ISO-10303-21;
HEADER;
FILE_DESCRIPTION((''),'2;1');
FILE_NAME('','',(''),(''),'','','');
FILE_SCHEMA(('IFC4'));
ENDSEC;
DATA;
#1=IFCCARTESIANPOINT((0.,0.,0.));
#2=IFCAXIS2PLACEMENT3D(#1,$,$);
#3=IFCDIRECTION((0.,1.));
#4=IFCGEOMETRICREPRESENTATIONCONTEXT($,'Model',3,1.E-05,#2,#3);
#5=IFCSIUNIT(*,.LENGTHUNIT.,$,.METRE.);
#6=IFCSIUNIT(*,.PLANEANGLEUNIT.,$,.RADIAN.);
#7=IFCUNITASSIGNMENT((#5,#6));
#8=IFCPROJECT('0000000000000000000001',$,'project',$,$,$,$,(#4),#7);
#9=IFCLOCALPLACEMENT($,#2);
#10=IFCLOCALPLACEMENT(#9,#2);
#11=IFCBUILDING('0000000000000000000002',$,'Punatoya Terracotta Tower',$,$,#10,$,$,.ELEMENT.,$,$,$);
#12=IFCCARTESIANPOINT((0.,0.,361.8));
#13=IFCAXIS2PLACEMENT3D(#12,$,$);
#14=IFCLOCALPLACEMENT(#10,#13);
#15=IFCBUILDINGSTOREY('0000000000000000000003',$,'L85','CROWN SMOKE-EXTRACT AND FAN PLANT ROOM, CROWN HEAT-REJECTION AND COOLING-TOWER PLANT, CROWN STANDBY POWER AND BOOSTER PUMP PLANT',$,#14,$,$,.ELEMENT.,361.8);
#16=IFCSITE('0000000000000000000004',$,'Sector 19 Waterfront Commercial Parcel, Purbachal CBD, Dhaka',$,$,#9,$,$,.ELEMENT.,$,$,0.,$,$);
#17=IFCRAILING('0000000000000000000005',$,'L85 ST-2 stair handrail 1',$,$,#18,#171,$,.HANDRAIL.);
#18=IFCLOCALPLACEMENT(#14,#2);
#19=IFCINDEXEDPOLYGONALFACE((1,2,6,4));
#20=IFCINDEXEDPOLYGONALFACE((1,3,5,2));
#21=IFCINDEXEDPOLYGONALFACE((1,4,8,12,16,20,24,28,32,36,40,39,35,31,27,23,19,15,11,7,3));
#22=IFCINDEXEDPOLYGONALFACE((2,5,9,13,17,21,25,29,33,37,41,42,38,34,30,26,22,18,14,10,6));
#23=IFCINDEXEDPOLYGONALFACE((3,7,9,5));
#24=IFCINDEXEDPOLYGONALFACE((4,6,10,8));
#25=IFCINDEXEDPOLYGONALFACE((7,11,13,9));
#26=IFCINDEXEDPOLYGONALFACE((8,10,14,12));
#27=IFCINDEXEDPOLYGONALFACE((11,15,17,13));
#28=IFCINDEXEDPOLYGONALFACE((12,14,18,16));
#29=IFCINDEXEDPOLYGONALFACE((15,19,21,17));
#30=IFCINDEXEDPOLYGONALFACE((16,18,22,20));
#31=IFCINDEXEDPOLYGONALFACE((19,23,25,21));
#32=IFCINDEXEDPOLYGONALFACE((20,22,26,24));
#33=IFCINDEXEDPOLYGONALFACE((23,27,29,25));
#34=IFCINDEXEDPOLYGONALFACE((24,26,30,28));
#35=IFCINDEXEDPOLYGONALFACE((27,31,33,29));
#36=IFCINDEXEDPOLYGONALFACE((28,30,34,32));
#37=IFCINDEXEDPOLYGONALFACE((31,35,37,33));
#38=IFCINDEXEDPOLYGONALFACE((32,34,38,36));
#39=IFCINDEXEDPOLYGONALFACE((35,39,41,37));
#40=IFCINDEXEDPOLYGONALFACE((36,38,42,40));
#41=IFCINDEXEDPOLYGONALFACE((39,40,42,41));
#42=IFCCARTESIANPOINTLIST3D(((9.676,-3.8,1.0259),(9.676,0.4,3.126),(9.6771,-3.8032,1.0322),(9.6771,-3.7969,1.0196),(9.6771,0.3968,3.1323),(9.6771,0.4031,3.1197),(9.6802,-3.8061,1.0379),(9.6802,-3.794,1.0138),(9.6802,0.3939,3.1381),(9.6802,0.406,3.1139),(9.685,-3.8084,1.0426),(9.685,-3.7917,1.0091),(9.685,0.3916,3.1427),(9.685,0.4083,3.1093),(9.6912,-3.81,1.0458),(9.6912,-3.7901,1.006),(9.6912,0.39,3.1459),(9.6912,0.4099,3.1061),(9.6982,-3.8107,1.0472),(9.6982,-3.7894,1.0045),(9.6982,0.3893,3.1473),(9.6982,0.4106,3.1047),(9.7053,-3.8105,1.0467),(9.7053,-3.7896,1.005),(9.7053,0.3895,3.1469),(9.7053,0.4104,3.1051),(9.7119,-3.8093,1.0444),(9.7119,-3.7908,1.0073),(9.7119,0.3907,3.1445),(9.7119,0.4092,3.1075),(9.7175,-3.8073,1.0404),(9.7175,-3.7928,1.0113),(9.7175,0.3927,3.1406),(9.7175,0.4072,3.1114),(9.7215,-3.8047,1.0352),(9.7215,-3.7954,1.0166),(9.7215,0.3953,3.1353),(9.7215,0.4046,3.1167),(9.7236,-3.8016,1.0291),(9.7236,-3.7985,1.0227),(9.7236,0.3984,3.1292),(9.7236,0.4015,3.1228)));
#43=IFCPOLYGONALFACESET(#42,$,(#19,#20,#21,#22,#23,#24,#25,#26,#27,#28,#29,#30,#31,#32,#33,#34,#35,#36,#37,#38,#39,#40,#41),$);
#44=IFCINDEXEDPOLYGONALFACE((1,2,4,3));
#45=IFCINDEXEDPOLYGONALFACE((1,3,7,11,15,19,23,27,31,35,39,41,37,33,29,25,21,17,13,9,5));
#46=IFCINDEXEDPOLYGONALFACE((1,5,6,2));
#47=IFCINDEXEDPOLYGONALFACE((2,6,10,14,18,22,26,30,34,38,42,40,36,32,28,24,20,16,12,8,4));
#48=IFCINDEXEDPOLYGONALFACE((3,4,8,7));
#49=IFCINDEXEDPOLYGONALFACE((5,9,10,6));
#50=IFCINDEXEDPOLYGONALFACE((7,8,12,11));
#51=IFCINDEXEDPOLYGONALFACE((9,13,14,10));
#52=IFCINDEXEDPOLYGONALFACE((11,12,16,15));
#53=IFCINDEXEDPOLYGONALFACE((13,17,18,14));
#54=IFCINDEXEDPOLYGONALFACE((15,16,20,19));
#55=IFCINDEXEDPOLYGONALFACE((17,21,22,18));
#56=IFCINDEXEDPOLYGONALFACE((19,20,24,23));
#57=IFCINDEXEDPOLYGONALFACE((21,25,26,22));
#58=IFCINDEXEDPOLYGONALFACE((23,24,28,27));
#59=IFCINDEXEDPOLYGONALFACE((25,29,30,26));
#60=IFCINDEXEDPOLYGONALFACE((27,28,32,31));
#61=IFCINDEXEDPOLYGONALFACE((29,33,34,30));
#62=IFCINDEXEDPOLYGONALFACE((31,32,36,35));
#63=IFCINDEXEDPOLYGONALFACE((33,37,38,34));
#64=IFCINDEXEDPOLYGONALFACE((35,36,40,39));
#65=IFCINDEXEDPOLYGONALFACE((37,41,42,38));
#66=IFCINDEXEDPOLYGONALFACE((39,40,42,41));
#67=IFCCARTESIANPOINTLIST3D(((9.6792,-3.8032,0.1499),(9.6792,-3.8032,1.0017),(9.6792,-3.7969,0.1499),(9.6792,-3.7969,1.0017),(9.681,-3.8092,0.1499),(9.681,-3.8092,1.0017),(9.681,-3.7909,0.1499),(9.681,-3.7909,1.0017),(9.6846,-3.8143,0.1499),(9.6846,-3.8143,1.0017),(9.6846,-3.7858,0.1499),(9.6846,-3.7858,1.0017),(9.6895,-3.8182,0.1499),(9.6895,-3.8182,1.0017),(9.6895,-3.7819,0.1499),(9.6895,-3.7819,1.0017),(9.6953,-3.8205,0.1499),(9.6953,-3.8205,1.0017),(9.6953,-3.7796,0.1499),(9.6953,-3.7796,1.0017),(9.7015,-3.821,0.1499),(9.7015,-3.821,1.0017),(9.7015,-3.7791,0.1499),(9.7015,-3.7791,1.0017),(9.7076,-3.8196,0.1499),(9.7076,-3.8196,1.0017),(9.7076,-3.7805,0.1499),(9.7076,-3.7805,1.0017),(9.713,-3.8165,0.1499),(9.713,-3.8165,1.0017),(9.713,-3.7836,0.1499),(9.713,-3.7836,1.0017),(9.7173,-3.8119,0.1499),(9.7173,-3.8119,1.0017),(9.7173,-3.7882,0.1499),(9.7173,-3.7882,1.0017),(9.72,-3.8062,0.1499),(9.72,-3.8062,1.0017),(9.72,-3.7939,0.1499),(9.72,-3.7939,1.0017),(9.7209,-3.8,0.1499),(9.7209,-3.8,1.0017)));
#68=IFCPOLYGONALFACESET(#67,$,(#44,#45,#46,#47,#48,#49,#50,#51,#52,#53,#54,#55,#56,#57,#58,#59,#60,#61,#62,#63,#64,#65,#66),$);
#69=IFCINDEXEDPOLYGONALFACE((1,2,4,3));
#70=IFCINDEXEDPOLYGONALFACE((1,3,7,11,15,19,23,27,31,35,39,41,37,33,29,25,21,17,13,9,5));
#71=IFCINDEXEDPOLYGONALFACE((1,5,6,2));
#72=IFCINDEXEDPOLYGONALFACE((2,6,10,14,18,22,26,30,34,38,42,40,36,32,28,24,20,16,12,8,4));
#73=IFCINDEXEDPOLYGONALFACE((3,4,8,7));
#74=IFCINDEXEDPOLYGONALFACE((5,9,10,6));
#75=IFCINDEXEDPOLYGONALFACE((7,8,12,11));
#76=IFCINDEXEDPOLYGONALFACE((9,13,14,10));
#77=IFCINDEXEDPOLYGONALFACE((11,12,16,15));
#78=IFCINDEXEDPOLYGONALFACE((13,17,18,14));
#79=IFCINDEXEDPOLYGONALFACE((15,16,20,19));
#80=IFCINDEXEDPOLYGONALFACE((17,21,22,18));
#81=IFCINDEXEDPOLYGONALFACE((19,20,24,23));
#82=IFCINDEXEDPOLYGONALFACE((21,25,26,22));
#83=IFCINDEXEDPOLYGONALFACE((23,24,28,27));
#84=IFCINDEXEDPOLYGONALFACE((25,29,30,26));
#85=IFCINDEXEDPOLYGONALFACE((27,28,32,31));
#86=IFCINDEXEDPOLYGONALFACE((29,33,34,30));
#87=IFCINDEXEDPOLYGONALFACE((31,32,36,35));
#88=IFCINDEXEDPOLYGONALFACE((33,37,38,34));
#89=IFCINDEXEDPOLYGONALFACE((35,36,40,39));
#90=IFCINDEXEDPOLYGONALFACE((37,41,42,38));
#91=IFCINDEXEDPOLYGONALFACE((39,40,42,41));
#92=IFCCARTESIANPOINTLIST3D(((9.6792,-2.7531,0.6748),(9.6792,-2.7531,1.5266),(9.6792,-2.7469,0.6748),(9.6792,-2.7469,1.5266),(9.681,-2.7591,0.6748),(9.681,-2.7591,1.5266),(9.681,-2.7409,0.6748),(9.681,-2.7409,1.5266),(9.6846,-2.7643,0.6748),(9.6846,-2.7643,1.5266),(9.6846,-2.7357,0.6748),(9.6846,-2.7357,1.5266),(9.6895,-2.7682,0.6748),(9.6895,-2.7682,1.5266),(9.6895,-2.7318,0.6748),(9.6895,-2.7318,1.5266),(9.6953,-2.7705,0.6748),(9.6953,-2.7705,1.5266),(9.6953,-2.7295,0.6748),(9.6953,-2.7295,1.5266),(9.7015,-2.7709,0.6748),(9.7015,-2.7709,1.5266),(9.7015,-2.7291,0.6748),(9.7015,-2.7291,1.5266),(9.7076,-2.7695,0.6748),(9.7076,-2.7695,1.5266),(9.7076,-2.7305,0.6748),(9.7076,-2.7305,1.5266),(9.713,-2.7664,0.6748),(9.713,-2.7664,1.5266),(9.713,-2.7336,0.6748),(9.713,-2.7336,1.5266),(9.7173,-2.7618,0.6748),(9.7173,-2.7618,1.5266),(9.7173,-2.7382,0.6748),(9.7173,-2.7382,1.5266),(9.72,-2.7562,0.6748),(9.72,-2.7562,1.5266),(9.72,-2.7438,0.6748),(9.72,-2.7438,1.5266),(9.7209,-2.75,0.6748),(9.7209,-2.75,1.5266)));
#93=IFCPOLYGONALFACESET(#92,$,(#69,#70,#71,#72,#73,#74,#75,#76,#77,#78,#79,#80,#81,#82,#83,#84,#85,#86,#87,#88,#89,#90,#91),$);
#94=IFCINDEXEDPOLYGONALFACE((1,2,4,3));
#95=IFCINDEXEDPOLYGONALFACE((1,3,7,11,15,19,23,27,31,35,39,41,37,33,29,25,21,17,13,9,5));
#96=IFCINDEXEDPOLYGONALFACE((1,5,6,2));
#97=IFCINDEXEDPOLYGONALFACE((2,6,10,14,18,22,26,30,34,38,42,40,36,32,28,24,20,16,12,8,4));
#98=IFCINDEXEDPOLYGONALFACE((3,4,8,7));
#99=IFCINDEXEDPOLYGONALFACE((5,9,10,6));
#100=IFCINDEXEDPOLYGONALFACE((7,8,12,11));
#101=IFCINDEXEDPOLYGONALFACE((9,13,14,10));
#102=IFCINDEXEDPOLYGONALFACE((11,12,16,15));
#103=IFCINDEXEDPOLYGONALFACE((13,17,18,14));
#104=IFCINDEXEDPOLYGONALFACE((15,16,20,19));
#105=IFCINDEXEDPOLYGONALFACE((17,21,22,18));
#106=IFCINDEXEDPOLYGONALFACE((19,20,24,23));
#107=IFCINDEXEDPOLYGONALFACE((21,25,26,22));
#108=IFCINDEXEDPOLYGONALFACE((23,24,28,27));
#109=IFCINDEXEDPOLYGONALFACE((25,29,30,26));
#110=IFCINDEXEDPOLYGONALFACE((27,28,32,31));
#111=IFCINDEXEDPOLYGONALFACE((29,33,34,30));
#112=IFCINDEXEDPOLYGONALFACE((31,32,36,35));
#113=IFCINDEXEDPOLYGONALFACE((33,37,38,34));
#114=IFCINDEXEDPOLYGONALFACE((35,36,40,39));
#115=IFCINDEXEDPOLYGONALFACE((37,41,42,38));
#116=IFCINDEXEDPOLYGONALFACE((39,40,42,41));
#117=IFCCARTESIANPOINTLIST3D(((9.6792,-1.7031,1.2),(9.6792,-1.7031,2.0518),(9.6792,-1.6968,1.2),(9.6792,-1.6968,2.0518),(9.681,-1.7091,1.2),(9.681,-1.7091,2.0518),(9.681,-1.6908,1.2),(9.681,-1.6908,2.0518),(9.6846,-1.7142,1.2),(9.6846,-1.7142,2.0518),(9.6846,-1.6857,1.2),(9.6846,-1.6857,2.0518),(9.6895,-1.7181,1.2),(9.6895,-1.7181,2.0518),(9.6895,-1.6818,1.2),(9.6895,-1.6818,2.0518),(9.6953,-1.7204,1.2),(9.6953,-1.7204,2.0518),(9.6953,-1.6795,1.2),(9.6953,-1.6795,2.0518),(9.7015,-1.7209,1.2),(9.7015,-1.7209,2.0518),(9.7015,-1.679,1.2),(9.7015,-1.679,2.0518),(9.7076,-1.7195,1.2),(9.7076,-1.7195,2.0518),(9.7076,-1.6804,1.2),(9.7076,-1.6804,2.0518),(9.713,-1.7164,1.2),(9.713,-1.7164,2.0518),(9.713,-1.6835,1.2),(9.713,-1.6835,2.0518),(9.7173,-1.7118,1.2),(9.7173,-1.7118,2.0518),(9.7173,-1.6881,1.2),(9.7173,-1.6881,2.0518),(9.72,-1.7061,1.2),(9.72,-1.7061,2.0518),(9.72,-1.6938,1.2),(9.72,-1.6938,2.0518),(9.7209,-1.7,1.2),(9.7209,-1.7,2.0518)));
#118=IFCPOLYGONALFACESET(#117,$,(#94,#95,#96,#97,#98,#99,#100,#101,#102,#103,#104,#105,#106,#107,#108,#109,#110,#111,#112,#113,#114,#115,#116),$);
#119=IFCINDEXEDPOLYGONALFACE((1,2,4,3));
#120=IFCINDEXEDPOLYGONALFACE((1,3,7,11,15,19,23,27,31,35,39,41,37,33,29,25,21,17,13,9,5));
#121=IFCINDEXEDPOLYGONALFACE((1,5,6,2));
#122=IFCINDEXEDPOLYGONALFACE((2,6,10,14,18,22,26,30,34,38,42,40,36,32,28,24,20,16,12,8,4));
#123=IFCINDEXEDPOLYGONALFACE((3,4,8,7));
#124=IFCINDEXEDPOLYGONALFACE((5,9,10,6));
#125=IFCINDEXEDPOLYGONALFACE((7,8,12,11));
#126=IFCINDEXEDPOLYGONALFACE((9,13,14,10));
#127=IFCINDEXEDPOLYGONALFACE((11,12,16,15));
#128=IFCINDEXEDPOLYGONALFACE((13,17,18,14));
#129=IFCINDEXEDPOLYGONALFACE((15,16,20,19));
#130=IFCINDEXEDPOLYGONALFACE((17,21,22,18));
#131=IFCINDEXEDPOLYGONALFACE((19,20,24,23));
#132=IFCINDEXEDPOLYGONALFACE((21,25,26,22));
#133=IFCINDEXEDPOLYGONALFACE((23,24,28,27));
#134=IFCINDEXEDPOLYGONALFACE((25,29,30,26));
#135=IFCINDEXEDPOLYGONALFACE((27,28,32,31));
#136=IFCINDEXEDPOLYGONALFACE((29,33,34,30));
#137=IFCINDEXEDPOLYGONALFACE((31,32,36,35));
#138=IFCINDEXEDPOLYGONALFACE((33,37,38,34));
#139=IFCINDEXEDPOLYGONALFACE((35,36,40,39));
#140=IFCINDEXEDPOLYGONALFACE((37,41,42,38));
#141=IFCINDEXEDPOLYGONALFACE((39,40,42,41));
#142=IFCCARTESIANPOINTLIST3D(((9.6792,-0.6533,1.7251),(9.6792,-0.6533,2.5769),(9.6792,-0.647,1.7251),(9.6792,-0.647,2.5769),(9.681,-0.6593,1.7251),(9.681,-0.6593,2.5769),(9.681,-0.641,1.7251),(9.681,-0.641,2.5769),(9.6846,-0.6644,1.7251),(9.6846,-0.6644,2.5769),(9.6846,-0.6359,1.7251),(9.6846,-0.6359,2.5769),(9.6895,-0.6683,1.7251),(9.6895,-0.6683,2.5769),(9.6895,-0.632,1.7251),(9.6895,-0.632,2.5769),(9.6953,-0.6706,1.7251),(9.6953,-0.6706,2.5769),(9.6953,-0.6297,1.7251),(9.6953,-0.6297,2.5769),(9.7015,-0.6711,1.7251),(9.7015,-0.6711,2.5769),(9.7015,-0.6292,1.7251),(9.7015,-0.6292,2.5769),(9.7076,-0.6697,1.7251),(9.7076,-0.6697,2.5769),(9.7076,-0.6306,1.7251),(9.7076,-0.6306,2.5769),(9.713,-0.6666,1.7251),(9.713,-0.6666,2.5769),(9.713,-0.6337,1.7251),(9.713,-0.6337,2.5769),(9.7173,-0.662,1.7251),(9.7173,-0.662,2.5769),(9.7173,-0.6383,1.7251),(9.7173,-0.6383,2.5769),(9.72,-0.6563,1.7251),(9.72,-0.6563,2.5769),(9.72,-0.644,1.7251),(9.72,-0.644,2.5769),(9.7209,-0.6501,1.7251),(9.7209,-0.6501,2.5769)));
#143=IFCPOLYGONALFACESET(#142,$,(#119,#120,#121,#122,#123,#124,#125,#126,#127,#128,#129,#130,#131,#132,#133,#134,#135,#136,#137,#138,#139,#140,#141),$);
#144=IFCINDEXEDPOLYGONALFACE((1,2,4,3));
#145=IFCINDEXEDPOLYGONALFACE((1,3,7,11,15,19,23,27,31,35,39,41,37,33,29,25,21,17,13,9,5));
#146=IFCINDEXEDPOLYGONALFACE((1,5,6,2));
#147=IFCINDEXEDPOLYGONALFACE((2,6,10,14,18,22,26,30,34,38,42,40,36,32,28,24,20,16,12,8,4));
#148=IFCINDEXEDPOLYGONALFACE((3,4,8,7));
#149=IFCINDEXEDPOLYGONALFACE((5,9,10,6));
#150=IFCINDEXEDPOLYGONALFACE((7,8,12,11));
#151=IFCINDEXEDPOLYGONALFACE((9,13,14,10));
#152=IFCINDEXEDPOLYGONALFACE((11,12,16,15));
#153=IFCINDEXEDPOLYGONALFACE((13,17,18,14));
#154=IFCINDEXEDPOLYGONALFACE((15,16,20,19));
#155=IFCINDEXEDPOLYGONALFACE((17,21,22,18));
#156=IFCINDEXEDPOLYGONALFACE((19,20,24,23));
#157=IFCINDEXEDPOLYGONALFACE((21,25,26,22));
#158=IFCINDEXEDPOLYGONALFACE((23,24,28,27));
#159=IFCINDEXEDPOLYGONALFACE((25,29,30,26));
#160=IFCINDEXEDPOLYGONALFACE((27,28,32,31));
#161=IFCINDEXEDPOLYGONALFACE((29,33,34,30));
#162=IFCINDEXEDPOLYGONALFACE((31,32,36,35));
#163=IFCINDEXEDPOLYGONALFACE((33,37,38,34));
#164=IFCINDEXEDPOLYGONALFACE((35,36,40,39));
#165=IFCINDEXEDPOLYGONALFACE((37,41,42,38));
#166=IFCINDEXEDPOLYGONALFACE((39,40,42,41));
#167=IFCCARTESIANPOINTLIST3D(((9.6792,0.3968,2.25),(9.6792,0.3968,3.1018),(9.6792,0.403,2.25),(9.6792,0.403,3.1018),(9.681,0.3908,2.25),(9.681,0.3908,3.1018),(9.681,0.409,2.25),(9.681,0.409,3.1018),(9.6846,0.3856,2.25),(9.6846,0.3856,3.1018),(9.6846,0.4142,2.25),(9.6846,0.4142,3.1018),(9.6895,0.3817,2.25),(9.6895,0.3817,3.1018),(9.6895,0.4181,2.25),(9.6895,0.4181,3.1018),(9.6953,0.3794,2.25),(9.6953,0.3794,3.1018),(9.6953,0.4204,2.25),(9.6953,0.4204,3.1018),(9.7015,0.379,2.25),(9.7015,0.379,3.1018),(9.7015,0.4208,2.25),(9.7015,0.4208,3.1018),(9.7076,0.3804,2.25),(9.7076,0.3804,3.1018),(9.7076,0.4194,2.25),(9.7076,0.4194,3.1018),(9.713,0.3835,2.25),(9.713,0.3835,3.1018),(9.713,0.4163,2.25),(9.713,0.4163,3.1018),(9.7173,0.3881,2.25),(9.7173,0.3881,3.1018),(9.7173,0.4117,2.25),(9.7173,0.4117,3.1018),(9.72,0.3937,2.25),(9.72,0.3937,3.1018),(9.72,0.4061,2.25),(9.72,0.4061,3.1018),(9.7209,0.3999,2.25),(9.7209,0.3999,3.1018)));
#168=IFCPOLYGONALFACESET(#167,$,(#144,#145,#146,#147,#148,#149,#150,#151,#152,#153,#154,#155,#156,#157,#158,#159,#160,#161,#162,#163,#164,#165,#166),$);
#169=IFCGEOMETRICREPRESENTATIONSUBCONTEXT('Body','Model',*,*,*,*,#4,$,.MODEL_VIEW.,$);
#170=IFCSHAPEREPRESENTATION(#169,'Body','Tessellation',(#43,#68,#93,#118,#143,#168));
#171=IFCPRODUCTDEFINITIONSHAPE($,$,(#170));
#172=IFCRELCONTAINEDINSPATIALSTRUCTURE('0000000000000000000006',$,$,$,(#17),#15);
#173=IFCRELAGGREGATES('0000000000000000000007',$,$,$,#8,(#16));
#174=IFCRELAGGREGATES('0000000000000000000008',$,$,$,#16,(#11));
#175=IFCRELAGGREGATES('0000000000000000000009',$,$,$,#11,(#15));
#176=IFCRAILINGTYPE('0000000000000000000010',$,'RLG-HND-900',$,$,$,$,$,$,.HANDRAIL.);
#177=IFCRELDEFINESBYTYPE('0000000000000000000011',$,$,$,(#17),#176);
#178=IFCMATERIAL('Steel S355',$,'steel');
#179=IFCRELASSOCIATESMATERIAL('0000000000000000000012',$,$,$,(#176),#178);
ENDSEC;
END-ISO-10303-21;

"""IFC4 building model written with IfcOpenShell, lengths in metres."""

from ifc_helpers import new_model, si_unit, direction, frame, origin, origin_2d, place, context, subcontext, project, spatial, circle, extrude, material, type_object, element, save


model = new_model("IFC4")

# Units and contexts
model_context = context("Model", 3, precision=1e-05, world=origin(), true_north=direction((0.0, 1.0)))
body_context = subcontext(model_context, "Body", "Model", "MODEL_VIEW")
ifc_project = project(units=[si_unit("LENGTHUNIT", "METRE"), si_unit("PLANEANGLEUNIT", "RADIAN")], contexts=[model_context])

# Site, building, storey
site_placement = place(None, origin())
site = spatial("IfcSite", under=ifc_project, at=site_placement, Name="Sector 19 Waterfront Commercial Parcel, Purbachal CBD, Dhaka", CompositionType="ELEMENT", RefElevation=0.0)
building_placement = place(site_placement, origin())
building = spatial("IfcBuilding", under=site, at=building_placement, Name="Punatoya Terracotta Tower", CompositionType="ELEMENT")
storey_placement = place(building_placement, frame((0.0, 0.0, 361.8)))
storey = spatial("IfcBuildingStorey", under=building, at=storey_placement, Name="L85", Description="CROWN SMOKE-EXTRACT AND FAN PLANT ROOM, CROWN HEAT-REJECTION AND COOLING-TOWER PLANT, CROWN STANDBY POWER AND BOOSTER PUMP PLANT", CompositionType="ELEMENT", Elevation=361.8)

# Shared definitions
ifc_material_1 = material(Name="Steel S355", Category="steel")

# Railing
railing_type = type_object("IfcRailingType", Name="RLG-HND-900", PredefinedType="HANDRAIL", material=ifc_material_1)
railing_placement = place(storey_placement, frame((9.7, -3.8, 0.1499)))
element("IfcRailing", 1, at=railing_placement, inside=storey, type_object=railing_type, Name="L85 ST-2 stair handrail 1", PredefinedType="HANDRAIL", context=body_context, shape_type="SweptSolid", body=[
    extrude(circle(Radius=0.0239, at=origin_2d()), frame((0.0, 0.0, 0.876), z_axis=(0.0, 0.894417, 0.447234), x_axis=(-1.0, 0.0, 0.0)), (0.0, 0.0, 1.0), 4.6958),
    extrude(circle(Radius=0.021, at=origin_2d()), origin(), (0.0, 0.0, 1.0), 0.8518),
    extrude(circle(Radius=0.021, at=origin_2d()), frame((0.0, 1.05, 0.5249)), (0.0, 0.0, 1.0), 0.8518),
    extrude(circle(Radius=0.021, at=origin_2d()), frame((0.0, 2.1001, 1.05)), (0.0, 0.0, 1.0), 0.8518),
    extrude(circle(Radius=0.021, at=origin_2d()), frame((0.0, 3.1499, 1.5752)), (0.0, 0.0, 1.0), 0.8518),
    extrude(circle(Radius=0.021, at=origin_2d()), frame((0.0, 4.2, 2.1001)), (0.0, 0.0, 1.0), 0.8518),
])

save(model, "model.ifc")
